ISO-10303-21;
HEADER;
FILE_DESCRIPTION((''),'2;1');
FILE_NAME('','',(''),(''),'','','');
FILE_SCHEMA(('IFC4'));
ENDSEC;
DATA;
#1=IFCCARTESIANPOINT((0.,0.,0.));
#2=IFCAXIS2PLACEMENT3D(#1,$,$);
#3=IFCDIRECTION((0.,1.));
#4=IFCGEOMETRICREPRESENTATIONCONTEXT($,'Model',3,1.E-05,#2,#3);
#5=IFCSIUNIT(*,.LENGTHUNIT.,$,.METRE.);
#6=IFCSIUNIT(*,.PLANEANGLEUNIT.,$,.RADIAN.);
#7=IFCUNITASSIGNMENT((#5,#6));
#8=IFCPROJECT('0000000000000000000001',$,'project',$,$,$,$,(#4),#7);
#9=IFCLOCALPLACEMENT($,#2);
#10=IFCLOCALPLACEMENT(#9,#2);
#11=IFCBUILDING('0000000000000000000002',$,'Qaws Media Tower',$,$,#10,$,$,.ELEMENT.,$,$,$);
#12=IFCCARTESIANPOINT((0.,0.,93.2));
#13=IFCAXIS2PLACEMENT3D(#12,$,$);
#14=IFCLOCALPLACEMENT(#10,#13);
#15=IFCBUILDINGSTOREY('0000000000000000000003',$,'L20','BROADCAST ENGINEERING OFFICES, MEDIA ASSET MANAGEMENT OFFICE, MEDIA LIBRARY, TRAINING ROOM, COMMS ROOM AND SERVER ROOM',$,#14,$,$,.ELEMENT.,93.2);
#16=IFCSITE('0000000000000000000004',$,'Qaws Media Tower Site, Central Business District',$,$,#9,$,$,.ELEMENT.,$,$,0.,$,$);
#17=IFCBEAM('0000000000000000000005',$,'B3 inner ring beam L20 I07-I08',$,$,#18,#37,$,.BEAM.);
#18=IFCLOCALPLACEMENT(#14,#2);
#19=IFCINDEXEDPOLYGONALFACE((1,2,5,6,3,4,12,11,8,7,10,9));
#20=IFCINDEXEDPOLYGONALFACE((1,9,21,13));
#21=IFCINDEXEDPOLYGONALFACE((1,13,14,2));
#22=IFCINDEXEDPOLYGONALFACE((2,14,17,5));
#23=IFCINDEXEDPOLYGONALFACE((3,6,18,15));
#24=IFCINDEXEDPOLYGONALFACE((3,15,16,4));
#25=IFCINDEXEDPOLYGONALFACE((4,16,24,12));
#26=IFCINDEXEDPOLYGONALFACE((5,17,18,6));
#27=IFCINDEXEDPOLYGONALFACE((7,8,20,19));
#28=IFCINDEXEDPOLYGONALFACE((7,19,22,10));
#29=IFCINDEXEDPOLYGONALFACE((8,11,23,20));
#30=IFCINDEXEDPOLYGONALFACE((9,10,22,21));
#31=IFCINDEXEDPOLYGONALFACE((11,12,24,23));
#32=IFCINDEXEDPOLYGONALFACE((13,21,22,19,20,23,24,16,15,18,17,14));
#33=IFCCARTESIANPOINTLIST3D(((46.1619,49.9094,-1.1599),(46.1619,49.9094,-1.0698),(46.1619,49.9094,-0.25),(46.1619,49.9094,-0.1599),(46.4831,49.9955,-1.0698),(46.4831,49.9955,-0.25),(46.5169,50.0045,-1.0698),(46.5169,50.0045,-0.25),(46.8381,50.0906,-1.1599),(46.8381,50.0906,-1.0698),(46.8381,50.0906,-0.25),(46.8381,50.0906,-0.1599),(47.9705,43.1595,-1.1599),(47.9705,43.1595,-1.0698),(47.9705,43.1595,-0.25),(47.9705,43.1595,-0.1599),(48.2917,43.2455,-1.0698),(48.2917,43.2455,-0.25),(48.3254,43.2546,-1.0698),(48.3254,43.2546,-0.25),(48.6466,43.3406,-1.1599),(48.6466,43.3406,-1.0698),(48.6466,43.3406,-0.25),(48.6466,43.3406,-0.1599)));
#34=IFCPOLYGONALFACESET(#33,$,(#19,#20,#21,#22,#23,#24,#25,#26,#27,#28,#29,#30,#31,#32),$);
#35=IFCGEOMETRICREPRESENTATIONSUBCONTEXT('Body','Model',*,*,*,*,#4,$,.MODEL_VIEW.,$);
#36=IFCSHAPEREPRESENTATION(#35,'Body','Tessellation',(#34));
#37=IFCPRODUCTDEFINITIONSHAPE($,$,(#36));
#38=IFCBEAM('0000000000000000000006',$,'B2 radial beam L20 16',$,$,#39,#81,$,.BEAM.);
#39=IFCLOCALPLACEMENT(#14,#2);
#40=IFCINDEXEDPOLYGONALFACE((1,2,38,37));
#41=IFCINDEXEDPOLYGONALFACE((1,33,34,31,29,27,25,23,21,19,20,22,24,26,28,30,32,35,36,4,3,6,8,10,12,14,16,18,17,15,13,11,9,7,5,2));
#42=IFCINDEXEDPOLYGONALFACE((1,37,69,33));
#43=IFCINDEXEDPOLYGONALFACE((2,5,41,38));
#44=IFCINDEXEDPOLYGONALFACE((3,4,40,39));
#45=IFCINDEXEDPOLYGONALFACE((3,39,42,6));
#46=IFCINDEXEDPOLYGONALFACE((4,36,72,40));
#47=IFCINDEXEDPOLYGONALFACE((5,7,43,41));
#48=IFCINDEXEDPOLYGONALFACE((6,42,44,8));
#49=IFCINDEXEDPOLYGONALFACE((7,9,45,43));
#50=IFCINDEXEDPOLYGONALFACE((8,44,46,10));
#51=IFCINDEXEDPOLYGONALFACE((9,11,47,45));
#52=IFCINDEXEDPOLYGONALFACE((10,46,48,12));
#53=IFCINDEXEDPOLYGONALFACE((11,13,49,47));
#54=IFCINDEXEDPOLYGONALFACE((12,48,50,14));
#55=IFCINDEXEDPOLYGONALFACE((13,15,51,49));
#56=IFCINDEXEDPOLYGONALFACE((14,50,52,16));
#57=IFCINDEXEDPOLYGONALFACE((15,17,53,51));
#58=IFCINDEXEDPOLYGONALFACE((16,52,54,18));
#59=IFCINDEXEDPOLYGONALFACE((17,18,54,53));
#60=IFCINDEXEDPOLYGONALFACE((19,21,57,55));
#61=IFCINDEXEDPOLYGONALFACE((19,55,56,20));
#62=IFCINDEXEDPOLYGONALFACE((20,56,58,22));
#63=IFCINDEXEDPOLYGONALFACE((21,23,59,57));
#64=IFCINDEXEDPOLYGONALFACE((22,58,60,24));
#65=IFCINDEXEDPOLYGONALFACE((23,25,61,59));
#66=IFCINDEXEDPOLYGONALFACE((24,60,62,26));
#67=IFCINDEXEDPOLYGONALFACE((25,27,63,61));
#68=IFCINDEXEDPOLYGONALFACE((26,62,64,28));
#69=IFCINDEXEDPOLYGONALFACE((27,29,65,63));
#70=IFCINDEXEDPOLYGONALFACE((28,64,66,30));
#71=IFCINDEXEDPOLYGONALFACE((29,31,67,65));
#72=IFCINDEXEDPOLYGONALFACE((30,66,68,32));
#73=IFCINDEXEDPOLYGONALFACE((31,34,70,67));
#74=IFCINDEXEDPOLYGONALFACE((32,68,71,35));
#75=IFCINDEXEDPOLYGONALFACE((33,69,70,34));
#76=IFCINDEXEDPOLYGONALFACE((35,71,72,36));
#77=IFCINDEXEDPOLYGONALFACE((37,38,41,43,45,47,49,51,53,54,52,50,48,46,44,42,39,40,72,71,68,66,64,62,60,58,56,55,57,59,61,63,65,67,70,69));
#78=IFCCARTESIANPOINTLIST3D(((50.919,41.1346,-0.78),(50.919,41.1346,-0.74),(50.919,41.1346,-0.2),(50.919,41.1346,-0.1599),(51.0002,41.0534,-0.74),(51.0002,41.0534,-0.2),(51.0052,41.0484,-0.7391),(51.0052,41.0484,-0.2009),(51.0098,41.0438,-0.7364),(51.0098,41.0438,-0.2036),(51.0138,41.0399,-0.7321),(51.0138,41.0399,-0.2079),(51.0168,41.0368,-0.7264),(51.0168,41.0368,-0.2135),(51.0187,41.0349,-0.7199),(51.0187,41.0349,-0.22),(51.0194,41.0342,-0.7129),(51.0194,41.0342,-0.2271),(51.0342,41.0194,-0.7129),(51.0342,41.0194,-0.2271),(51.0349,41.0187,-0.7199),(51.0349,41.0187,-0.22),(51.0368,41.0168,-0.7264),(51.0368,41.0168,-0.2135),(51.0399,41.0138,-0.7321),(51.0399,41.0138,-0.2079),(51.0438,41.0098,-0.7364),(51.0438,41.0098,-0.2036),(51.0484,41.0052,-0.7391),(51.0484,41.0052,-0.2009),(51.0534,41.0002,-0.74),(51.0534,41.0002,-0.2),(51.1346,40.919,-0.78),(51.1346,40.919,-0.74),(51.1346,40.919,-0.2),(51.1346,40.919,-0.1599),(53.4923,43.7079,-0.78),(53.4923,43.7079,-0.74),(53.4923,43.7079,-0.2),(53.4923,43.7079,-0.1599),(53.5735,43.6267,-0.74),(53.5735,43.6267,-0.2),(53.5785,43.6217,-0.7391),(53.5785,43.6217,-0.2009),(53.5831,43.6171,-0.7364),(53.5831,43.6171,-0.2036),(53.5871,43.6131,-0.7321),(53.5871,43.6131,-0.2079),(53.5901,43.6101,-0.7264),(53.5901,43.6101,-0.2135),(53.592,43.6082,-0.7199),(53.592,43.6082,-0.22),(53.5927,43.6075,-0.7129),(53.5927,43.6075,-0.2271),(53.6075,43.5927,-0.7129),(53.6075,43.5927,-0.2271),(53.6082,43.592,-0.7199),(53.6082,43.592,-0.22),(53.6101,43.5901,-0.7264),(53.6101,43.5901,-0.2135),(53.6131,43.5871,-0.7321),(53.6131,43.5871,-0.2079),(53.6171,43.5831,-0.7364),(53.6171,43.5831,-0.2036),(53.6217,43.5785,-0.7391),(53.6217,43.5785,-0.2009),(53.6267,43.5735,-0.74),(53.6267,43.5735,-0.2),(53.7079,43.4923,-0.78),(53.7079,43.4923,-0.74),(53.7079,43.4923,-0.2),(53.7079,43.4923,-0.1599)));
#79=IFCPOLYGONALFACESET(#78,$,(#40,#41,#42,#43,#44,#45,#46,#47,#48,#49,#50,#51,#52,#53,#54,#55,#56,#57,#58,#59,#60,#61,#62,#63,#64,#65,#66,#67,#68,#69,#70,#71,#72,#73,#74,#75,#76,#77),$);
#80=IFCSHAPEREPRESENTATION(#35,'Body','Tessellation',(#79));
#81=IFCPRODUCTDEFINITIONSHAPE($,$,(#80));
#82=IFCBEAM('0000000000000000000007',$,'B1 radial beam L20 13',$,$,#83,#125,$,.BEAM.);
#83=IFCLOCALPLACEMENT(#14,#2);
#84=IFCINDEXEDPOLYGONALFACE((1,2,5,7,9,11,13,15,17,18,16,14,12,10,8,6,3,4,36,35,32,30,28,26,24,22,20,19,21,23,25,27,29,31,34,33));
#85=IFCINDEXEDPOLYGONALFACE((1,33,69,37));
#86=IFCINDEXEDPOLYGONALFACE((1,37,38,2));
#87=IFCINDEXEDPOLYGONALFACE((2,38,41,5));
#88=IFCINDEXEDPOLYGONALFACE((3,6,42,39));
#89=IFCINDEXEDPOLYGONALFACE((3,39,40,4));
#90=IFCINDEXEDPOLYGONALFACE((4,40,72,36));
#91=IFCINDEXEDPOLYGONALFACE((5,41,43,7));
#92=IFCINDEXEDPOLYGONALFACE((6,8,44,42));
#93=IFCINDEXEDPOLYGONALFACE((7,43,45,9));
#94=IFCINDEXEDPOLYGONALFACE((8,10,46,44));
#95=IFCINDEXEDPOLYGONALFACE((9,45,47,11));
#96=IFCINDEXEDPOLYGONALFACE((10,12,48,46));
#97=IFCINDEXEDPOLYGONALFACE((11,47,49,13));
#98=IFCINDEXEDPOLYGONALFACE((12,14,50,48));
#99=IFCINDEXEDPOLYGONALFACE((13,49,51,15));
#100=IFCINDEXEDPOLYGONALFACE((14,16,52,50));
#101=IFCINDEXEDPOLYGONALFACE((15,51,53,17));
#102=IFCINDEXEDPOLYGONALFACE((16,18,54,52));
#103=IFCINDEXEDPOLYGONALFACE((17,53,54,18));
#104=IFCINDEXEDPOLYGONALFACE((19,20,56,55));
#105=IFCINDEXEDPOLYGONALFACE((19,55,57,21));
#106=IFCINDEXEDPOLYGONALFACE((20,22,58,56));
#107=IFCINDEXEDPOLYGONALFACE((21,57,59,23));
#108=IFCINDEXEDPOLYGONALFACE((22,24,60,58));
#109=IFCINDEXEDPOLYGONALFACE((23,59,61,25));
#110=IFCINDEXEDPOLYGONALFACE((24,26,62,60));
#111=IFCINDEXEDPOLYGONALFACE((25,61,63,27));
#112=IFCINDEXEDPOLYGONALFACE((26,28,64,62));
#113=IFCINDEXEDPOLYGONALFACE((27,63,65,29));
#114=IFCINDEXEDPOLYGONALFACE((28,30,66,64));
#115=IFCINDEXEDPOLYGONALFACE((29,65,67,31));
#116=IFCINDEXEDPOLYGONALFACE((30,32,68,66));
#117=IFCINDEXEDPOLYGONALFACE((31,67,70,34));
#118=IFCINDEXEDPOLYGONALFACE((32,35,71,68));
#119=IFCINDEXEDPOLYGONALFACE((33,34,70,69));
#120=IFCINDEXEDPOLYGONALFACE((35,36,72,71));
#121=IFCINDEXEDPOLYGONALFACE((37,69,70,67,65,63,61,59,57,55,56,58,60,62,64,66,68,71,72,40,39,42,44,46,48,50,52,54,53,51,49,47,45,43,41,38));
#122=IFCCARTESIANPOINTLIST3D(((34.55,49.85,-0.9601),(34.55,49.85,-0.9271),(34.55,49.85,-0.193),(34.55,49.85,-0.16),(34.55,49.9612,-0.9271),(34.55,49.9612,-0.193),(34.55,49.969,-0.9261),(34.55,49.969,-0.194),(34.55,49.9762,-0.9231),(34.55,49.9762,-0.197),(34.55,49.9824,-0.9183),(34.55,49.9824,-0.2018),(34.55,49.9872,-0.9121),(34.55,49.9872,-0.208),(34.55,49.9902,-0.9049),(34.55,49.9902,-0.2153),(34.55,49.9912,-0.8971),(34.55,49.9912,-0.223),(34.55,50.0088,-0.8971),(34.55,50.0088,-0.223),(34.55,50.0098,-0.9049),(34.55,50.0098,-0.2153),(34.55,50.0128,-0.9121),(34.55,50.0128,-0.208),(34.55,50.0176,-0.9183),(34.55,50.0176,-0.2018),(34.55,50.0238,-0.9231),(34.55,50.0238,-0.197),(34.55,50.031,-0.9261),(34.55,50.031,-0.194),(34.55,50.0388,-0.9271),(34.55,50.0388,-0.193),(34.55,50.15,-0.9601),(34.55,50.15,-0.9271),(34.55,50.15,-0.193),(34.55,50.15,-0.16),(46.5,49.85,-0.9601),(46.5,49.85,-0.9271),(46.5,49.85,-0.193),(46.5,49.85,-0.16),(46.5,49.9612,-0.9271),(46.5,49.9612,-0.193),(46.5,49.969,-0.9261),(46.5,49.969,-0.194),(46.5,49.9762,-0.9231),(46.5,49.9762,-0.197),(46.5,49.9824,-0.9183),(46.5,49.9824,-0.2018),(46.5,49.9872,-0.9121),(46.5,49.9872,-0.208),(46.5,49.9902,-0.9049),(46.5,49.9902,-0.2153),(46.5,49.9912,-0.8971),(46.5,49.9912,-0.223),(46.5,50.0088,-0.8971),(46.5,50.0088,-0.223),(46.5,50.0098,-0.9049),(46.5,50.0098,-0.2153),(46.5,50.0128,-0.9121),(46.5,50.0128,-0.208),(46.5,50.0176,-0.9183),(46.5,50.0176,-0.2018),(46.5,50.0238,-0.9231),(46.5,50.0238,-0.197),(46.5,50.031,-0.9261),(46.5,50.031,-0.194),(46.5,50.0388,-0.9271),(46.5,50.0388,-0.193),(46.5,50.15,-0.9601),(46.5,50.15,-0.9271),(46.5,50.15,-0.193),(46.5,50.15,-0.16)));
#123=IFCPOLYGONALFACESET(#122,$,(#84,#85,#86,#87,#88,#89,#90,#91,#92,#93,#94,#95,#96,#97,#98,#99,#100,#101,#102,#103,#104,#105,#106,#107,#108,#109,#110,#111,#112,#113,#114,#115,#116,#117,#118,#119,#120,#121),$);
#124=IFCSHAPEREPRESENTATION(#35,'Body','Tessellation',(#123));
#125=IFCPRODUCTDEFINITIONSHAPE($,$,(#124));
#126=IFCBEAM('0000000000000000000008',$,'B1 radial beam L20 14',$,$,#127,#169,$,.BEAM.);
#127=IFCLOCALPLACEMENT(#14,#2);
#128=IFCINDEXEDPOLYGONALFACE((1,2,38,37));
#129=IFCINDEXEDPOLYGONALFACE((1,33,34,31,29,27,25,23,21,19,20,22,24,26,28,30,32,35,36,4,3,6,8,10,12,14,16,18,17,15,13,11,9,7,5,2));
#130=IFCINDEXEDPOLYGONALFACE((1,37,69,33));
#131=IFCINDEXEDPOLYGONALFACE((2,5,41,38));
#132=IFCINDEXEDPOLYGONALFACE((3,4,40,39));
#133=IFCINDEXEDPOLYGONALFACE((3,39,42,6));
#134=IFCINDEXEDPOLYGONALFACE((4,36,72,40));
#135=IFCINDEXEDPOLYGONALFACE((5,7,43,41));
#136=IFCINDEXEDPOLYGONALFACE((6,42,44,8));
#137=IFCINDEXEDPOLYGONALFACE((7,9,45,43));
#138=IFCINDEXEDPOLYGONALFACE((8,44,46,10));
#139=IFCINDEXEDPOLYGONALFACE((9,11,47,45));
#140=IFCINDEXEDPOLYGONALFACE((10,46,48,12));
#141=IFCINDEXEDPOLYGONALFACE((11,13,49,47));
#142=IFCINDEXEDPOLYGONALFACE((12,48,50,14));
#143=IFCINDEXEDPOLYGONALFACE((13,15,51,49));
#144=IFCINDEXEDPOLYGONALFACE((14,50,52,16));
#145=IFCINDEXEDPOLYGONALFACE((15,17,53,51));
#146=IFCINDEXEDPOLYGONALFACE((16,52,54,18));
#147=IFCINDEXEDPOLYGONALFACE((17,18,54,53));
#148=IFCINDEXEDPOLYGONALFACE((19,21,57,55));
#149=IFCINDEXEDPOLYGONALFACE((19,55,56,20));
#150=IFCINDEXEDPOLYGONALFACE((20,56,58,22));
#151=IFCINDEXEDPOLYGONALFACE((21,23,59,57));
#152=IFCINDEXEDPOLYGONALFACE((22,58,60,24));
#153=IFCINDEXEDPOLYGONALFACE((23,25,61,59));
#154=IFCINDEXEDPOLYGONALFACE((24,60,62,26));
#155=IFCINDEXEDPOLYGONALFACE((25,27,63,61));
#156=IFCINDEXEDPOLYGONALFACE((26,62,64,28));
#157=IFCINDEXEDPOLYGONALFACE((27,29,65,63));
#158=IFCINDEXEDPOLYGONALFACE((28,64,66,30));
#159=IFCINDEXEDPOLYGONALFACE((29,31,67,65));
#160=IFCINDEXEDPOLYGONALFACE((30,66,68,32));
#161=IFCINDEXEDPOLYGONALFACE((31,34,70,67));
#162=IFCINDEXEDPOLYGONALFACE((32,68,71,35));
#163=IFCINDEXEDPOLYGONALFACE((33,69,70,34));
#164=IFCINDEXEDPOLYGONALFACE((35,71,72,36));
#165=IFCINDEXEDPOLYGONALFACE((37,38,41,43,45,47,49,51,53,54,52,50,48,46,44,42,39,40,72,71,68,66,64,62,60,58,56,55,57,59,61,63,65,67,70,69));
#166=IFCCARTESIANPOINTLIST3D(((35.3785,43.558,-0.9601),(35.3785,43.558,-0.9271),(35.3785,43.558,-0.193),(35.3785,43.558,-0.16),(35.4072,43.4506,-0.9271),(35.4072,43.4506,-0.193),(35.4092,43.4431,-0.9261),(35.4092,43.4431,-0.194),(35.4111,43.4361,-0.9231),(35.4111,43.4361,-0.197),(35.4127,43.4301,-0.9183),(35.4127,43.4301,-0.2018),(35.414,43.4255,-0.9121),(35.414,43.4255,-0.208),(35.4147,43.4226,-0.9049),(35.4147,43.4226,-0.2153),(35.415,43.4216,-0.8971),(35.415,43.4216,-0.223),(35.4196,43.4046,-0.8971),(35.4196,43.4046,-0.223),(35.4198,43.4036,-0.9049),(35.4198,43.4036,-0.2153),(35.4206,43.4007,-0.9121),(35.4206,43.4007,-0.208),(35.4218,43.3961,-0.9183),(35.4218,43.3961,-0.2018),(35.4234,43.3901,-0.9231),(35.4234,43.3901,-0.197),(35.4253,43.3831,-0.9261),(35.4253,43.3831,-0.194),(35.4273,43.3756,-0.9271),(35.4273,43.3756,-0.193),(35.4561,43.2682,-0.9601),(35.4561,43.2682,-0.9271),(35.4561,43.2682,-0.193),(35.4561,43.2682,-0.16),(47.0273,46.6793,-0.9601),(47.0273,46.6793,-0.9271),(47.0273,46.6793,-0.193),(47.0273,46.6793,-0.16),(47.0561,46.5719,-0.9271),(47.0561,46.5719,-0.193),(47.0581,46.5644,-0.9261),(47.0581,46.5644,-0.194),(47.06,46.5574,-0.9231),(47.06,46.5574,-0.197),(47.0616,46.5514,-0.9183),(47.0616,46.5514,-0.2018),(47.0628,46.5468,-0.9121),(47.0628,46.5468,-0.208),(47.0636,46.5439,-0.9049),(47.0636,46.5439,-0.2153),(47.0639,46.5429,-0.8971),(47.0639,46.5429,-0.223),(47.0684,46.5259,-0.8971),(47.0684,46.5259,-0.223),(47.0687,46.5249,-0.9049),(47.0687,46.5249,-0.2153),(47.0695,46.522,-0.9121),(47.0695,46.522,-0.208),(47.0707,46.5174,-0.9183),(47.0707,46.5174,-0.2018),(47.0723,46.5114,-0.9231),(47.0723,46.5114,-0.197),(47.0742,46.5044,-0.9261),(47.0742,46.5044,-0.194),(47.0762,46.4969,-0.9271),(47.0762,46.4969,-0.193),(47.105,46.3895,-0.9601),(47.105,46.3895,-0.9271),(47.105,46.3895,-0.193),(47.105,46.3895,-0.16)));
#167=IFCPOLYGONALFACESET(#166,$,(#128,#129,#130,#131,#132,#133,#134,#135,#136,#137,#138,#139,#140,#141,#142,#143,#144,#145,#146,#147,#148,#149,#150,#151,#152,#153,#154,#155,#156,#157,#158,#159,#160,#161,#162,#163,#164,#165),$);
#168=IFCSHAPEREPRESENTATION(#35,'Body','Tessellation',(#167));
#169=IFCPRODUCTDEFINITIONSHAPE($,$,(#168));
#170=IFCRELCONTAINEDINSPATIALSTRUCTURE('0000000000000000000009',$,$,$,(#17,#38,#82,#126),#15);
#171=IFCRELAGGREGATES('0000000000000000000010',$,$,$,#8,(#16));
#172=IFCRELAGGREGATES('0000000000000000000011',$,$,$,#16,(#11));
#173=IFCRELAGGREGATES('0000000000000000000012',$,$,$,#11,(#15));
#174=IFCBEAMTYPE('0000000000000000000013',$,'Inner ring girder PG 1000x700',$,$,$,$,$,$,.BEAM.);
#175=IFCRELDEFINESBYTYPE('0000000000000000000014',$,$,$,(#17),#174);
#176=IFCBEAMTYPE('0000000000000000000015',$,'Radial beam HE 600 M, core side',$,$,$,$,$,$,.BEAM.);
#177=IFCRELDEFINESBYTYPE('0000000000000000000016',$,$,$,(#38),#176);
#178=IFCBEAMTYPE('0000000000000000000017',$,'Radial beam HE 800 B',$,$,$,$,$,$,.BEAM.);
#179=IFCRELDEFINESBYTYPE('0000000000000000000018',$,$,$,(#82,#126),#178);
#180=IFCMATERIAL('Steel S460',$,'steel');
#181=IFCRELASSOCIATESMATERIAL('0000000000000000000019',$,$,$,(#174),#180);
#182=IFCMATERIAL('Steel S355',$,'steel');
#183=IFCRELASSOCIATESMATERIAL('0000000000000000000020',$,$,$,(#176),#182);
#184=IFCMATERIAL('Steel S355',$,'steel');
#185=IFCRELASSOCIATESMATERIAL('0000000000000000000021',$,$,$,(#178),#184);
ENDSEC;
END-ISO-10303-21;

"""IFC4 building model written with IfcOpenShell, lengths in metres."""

from ifc_helpers import new_model, si_unit, direction, frame, origin, origin_2d, place, context, subcontext, project, spatial, i_section, extrude, material, material_profile, profile_set, type_object, element, save


model = new_model("IFC4")

# Units and contexts
model_context = context("Model", 3, precision=1e-05, world=origin(), true_north=direction((0.0, 1.0)))
body_context = subcontext(model_context, "Body", "Model", "MODEL_VIEW")
ifc_project = project(units=[si_unit("LENGTHUNIT", "METRE"), si_unit("PLANEANGLEUNIT", "RADIAN")], contexts=[model_context])

# Site, building, storey
site_placement = place(None, origin())
site = spatial("IfcSite", under=ifc_project, at=site_placement, Name="Qaws Media Tower Site, Central Business District", CompositionType="ELEMENT", RefElevation=0.0)
building_placement = place(site_placement, origin())
building = spatial("IfcBuilding", under=site, at=building_placement, Name="Qaws Media Tower", CompositionType="ELEMENT")
storey_placement = place(building_placement, frame((0.0, 0.0, 93.2)))
storey = spatial("IfcBuildingStorey", under=building, at=storey_placement, Name="L20", Description="BROADCAST ENGINEERING OFFICES, MEDIA ASSET MANAGEMENT OFFICE, MEDIA LIBRARY, TRAINING ROOM, COMMS ROOM AND SERVER ROOM", CompositionType="ELEMENT", Elevation=93.2)

# Beams
ifc_material_1 = material(Name="Steel S460", Category="steel")
ifc_material_profile_1 = material_profile(ifc_material_1, i_section(OverallWidth=0.7, OverallDepth=1.0, WebThickness=0.0349, FlangeThickness=0.0901, at=origin_2d()), Name="PG 1000x700")
ifc_profile_set_1 = profile_set([ifc_material_profile_1], Name="Steel S460")
beam_type_1 = type_object("IfcBeamType", Name="Inner ring girder PG 1000x700", PredefinedType="BEAM", material=ifc_profile_set_1)
beam_1_placement = place(storey_placement, frame((46.5, 50.0, -0.6599), z_axis=(0.258811, -0.965928, 0.0), x_axis=(0.965928, 0.258811, 0.0)))
element("IfcBeam", 1, at=beam_1_placement, inside=storey, type_object=beam_type_1, Name="B3 inner ring beam L20 I07-I08", PredefinedType="BEAM", context=body_context, shape_type="SweptSolid", body=[
    extrude(i_section(OverallWidth=0.7, OverallDepth=1.0, WebThickness=0.0349, FlangeThickness=0.0901, at=origin_2d()), origin(), (0.0, 0.0, 1.0), 6.988),
])
ifc_material_2 = material(Name="Steel S355", Category="steel")
ifc_material_profile_2 = material_profile(ifc_material_2, i_section(OverallWidth=0.3049, OverallDepth=0.6201, WebThickness=0.021, FlangeThickness=0.04, FilletRadius=0.0271, at=origin_2d()), Name="HE 600 M")
ifc_profile_set_2 = profile_set([ifc_material_profile_2], Name="Steel S355")
beam_type_2 = type_object("IfcBeamType", Name="Radial beam HE 600 M, core side", PredefinedType="BEAM", material=ifc_profile_set_2)
beam_2_placement = place(storey_placement, frame((53.6001, 43.6001, -0.47), z_axis=(-0.707107, -0.707107, 0.0), x_axis=(0.707107, -0.707107, 0.0)))
element("IfcBeam", 2, at=beam_2_placement, inside=storey, type_object=beam_type_2, Name="B2 radial beam L20 16", PredefinedType="BEAM", context=body_context, shape_type="SweptSolid", body=[
    extrude(i_section(OverallWidth=0.3049, OverallDepth=0.6201, WebThickness=0.021, FlangeThickness=0.04, FilletRadius=0.0271, at=origin_2d()), origin(), (0.0, 0.0, 1.0), 3.6392),
])
ifc_material_3 = material(Name="Steel S355", Category="steel")
ifc_material_profile_3 = material_profile(ifc_material_3, i_section(OverallWidth=0.3, OverallDepth=0.8, WebThickness=0.0176, FlangeThickness=0.033, FilletRadius=0.03, at=origin_2d()), Name="HE 800 B")
ifc_profile_set_3 = profile_set([ifc_material_profile_3], Name="Steel S355")
beam_type_3 = type_object("IfcBeamType", Name="Radial beam HE 800 B", PredefinedType="BEAM", material=ifc_profile_set_3)
beam_3_placement = place(storey_placement, frame((46.5, 50.0, -0.5601), z_axis=(-1.0, 0.0, 0.0), x_axis=(0.0, -1.0, 0.0)))
element("IfcBeam", 3, at=beam_3_placement, inside=storey, type_object=beam_type_3, Name="B1 radial beam L20 13", PredefinedType="BEAM", context=body_context, shape_type="SweptSolid", body=[
    extrude(i_section(OverallWidth=0.3, OverallDepth=0.8, WebThickness=0.0176, FlangeThickness=0.033, FilletRadius=0.03, at=origin_2d()), origin(), (0.0, 0.0, 1.0), 11.95),
])
beam_4_placement = place(storey_placement, frame((47.0662, 46.5344, -0.5601), z_axis=(-0.965925, -0.25882, 0.0), x_axis=(0.25882, -0.965925, 0.0)))
element("IfcBeam", 4, at=beam_4_placement, inside=storey, type_object=beam_type_3, Name="B1 radial beam L20 14", PredefinedType="BEAM", context=body_context, shape_type="SweptSolid", body=[
    extrude(i_section(OverallWidth=0.3, OverallDepth=0.8, WebThickness=0.0176, FlangeThickness=0.033, FilletRadius=0.03, at=origin_2d()), origin(), (0.0, 0.0, 1.0), 12.0598),
])

save(model, "model.ifc")
